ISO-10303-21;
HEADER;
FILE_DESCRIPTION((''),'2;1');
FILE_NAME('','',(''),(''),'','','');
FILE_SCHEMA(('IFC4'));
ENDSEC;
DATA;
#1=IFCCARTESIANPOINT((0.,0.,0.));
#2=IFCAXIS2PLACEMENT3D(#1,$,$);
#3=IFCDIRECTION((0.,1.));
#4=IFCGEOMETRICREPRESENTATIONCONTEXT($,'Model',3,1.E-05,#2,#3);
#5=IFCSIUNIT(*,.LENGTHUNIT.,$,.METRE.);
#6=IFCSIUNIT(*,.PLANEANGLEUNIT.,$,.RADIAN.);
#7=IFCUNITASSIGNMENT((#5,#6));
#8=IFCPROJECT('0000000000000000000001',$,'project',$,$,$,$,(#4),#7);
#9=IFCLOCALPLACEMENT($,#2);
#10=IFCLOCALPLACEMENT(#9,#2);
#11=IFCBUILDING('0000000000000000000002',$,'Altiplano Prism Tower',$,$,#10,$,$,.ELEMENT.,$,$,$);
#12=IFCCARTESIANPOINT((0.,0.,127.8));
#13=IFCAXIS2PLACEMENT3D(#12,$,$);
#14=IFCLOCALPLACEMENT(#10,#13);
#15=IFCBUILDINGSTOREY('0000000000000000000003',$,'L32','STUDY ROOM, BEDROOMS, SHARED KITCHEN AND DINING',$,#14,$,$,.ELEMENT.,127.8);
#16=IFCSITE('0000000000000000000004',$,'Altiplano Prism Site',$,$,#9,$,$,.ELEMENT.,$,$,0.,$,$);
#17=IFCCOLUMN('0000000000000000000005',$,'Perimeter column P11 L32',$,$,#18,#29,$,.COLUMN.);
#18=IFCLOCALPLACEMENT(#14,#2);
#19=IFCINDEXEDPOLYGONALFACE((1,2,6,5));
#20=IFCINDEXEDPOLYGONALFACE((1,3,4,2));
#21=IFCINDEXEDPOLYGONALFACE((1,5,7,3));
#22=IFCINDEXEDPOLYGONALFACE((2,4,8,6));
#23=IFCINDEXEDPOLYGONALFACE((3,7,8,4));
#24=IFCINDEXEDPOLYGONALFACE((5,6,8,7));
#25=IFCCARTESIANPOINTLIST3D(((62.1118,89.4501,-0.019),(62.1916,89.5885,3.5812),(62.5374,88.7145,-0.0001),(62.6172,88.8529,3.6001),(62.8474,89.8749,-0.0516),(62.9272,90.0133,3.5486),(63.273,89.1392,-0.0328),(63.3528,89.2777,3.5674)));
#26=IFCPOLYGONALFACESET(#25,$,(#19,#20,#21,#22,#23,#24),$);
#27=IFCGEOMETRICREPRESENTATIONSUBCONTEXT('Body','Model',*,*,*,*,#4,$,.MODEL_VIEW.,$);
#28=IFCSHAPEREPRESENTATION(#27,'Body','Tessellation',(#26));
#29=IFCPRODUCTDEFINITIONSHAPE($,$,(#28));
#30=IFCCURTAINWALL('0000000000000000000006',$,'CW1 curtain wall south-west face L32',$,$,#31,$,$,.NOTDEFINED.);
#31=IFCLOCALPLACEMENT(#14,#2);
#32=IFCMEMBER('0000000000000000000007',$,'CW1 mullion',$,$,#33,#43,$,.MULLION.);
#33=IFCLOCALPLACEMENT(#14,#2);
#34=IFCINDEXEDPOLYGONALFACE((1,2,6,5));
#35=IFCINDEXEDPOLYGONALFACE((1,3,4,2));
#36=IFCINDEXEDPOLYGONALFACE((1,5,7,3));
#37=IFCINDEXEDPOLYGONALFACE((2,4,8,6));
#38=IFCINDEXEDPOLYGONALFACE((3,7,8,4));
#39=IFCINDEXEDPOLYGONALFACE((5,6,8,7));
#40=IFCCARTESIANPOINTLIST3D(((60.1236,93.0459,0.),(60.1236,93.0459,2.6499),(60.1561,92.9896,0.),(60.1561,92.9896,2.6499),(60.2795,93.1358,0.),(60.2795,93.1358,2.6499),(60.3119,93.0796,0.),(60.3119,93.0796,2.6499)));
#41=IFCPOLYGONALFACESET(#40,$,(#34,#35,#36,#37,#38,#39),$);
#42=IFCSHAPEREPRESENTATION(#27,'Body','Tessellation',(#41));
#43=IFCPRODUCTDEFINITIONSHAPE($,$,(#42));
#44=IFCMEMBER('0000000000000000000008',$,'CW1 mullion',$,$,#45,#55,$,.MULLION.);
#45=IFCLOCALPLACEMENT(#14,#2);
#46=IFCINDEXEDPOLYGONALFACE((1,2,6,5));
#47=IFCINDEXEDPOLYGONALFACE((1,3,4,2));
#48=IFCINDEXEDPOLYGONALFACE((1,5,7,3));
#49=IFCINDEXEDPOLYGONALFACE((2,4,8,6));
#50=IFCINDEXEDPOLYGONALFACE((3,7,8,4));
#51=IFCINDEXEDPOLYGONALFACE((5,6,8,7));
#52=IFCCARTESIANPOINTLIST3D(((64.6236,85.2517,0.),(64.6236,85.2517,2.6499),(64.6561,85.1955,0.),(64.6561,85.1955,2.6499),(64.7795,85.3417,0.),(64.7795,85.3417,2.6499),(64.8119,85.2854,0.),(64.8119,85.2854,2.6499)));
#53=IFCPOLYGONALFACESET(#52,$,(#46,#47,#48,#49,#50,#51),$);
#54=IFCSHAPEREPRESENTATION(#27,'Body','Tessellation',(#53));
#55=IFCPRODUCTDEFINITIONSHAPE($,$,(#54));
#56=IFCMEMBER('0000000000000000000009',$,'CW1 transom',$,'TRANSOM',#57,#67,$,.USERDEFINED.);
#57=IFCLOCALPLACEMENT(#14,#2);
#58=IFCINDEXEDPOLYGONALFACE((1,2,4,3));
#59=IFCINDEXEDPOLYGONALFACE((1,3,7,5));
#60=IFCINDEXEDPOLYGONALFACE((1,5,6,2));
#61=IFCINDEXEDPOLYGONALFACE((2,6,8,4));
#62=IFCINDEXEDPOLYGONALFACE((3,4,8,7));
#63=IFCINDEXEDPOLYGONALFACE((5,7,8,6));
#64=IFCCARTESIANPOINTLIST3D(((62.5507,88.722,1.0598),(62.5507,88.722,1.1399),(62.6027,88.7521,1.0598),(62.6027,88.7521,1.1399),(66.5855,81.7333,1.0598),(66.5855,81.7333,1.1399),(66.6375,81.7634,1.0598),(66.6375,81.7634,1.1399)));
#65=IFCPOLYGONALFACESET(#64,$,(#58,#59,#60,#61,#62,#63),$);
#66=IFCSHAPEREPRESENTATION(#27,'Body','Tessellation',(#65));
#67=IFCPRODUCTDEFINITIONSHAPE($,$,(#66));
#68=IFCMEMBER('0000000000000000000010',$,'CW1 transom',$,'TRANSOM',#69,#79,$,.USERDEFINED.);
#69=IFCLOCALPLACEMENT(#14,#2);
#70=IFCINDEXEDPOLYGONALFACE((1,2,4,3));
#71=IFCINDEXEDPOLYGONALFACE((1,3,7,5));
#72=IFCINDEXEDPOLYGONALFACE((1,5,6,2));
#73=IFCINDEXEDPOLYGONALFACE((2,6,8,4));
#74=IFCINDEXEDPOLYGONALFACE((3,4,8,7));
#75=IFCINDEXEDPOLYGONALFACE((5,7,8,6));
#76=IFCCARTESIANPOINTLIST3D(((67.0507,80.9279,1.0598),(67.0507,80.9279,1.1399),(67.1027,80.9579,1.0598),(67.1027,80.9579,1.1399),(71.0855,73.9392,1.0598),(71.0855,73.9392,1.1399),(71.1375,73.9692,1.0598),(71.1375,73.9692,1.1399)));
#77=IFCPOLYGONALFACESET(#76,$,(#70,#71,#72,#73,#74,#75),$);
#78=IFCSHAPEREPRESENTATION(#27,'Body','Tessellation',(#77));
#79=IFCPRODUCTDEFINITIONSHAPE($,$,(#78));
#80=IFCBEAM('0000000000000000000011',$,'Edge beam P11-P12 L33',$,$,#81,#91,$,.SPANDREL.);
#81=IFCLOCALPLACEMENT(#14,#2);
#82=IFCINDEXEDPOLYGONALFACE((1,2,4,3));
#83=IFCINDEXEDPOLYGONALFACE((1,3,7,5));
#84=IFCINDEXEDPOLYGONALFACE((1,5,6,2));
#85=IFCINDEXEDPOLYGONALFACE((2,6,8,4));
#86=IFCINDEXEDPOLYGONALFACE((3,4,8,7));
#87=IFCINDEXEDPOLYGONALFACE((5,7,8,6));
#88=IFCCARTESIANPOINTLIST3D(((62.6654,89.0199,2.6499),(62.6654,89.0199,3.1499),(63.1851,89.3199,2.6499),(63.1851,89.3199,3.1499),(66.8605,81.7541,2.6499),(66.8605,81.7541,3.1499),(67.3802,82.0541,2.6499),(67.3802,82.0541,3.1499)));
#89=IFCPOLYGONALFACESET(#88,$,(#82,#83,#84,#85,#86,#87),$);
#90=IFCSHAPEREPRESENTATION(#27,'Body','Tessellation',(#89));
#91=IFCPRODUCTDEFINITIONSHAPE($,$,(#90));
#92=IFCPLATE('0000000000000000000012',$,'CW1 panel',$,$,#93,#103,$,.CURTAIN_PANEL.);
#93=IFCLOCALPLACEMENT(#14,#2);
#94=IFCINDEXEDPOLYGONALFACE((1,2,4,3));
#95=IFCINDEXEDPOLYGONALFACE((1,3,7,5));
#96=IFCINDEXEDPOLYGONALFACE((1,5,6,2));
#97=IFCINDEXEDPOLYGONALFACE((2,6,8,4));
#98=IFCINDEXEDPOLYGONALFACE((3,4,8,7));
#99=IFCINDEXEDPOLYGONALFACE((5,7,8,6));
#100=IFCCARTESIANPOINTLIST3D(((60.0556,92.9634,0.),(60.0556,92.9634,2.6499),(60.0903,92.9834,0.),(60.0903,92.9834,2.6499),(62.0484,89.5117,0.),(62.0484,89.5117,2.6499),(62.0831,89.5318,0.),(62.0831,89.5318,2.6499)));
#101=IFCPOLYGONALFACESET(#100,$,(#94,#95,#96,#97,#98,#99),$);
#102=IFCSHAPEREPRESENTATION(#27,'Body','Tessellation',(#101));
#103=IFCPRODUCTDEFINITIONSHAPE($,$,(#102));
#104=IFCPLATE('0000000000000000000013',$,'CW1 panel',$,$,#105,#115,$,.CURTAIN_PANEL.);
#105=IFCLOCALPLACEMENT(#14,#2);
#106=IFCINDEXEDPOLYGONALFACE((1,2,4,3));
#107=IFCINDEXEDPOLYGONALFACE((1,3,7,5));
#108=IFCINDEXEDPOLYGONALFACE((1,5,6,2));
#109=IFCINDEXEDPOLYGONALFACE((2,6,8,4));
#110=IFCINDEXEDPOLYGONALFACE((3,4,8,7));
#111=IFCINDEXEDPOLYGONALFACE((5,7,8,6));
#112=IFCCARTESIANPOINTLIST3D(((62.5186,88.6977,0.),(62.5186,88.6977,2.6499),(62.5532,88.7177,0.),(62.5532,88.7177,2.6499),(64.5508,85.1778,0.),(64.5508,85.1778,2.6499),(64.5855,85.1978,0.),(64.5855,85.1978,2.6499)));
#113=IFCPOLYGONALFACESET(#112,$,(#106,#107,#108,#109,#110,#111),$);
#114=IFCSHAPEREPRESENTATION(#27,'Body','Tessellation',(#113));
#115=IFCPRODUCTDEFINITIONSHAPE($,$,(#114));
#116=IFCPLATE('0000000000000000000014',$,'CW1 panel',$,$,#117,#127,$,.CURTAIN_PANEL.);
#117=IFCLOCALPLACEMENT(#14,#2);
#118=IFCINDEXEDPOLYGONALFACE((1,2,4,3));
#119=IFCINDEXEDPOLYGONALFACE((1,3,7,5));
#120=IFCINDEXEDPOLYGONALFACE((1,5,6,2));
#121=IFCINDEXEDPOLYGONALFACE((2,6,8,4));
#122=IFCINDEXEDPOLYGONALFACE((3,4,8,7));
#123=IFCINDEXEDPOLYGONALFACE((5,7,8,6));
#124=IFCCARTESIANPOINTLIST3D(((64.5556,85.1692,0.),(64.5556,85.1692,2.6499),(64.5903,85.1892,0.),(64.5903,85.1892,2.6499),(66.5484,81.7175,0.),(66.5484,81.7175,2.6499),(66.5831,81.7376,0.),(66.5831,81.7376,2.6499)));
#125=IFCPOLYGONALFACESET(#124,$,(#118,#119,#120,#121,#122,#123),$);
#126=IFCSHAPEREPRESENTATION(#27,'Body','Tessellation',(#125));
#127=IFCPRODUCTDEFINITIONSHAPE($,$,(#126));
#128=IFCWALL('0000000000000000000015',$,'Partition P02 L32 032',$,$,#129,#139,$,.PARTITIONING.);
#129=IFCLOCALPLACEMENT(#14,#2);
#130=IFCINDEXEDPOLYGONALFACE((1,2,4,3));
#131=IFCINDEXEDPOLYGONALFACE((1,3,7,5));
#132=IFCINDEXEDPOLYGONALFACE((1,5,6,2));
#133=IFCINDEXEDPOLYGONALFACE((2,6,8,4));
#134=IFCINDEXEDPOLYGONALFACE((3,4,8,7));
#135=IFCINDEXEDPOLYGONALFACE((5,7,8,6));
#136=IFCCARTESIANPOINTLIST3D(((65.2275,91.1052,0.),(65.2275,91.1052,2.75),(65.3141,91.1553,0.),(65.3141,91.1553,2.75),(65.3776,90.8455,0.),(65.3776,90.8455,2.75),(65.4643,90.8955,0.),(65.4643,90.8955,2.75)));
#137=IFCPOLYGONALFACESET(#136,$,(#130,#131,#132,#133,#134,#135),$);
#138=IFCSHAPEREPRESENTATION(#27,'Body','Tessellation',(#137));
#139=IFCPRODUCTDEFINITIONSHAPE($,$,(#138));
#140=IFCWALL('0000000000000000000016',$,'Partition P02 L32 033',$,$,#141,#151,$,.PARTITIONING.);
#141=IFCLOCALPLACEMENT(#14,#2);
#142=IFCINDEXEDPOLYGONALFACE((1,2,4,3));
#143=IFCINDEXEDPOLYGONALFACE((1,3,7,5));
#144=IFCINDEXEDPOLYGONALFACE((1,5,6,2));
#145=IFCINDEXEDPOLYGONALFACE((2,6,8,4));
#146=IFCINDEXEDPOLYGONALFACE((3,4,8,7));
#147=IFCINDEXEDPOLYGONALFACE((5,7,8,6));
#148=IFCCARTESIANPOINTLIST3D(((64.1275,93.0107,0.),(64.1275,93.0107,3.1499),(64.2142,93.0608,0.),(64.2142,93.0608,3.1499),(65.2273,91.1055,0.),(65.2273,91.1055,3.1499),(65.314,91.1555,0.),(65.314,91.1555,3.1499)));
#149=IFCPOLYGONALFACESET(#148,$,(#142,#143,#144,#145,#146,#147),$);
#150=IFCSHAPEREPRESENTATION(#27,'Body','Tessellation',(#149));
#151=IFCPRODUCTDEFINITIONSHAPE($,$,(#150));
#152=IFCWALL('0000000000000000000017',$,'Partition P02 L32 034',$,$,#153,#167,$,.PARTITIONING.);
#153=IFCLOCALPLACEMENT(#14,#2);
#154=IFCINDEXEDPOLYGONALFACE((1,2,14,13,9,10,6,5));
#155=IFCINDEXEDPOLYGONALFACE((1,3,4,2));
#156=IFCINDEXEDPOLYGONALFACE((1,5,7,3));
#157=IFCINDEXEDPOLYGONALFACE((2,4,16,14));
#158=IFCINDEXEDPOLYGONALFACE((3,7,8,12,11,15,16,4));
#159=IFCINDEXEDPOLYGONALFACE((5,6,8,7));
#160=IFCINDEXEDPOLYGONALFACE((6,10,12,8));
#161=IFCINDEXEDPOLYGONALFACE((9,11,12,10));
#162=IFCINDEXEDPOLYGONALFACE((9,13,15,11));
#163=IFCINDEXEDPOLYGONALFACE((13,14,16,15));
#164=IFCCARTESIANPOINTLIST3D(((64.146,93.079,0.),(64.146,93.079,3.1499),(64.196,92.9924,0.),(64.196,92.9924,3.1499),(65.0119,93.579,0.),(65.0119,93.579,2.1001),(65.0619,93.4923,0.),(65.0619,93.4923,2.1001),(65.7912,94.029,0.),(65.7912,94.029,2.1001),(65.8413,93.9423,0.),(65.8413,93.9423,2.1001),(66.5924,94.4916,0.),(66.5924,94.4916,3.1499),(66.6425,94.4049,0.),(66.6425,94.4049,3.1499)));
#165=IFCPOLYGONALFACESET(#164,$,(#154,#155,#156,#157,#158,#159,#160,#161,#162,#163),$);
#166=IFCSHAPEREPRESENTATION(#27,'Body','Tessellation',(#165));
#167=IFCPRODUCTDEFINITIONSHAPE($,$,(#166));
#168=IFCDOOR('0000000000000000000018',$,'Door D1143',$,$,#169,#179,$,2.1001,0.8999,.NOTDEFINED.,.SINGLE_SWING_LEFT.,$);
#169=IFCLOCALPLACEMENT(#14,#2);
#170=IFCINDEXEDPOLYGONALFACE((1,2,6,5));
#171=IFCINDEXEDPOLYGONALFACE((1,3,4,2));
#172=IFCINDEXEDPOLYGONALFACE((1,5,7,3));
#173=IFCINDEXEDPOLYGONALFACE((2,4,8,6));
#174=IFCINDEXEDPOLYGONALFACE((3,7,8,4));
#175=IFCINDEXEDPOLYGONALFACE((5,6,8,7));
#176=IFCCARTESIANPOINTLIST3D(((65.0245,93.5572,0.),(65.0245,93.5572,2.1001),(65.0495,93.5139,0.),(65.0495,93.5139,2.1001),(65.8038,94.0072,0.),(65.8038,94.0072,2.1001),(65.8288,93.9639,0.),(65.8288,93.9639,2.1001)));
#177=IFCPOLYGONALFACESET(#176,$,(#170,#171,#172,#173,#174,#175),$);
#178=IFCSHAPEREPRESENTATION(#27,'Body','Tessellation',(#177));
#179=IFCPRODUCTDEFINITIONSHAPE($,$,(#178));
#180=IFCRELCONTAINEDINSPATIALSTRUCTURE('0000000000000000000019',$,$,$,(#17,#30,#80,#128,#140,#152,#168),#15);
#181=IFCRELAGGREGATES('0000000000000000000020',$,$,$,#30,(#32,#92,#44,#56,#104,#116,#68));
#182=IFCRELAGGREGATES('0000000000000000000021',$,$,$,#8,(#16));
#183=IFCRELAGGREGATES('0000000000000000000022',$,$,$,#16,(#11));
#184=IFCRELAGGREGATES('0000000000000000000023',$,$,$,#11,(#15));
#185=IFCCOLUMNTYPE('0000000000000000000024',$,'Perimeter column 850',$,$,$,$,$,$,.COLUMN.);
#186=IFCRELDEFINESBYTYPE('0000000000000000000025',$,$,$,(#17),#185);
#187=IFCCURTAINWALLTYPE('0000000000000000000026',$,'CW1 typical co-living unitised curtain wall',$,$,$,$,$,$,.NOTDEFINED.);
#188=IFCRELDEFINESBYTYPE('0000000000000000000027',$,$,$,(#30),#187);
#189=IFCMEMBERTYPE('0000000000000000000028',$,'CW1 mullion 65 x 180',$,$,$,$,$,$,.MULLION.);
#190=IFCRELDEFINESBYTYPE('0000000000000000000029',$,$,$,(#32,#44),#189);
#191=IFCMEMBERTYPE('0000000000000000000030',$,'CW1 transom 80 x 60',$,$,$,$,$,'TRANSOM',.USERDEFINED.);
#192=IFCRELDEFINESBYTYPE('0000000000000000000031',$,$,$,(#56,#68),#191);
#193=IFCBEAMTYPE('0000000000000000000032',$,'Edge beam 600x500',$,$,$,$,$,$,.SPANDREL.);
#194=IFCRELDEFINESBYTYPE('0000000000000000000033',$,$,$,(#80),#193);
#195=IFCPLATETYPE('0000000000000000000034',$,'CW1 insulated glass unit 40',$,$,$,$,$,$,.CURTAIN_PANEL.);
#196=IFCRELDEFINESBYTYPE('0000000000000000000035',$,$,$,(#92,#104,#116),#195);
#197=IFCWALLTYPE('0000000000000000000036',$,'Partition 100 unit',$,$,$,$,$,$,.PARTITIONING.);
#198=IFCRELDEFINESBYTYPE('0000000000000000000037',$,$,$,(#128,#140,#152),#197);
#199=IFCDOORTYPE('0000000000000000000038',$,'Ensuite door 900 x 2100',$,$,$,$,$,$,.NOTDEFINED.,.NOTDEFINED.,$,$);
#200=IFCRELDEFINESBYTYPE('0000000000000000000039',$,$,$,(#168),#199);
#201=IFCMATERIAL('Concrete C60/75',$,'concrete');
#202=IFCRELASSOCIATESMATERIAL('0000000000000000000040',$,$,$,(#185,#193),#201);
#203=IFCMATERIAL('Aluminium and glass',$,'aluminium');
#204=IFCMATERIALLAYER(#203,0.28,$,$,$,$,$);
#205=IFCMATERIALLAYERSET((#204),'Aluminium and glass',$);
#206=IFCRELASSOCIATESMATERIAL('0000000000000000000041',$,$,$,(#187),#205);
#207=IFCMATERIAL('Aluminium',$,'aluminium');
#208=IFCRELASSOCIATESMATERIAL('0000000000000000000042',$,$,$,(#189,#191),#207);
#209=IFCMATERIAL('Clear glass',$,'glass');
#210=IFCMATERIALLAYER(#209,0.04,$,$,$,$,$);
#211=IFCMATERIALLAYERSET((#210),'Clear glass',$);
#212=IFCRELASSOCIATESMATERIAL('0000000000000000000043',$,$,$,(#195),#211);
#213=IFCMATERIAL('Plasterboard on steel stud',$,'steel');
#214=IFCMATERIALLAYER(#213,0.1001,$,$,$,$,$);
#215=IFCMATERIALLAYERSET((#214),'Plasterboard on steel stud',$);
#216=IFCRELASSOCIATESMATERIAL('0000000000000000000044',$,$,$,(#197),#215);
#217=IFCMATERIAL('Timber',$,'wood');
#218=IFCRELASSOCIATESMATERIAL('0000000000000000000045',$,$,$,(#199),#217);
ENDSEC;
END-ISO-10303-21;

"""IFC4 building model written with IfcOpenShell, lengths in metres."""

from ifc_helpers import new_model, si_unit, direction, frame, frame_2d, origin, origin_2d, place, context, subcontext, project, spatial, rectangle, extrude, material, layer, layer_set, material_profile, profile_set, type_object, element, fill, aggregate, save


model = new_model("IFC4")

# Units and contexts
model_context = context("Model", 3, precision=1e-05, world=origin(), true_north=direction((0.0, 1.0)))
body_context = subcontext(model_context, "Body", "Model", "MODEL_VIEW")
ifc_project = project(units=[si_unit("LENGTHUNIT", "METRE"), si_unit("PLANEANGLEUNIT", "RADIAN")], contexts=[model_context])

# Site, building, storey
site_placement = place(None, origin())
site = spatial("IfcSite", under=ifc_project, at=site_placement, Name="Altiplano Prism Site", CompositionType="ELEMENT", RefElevation=0.0)
building_placement = place(site_placement, origin())
building = spatial("IfcBuilding", under=site, at=building_placement, Name="Altiplano Prism Tower", CompositionType="ELEMENT")
storey_placement = place(building_placement, frame((0.0, 0.0, 127.8)))
storey = spatial("IfcBuildingStorey", under=building, at=storey_placement, Name="L32", Description="STUDY ROOM, BEDROOMS, SHARED KITCHEN AND DINING", CompositionType="ELEMENT", Elevation=127.8)

# Column
ifc_material_1 = material(Name="Concrete C60/75", Category="concrete")
ifc_material_profile_1 = material_profile(ifc_material_1, rectangle(XDim=0.8501, YDim=0.8501, at=origin_2d()), Name="Perimeter column 850")
ifc_profile_set_1 = profile_set([ifc_material_profile_1], Name="Concrete C60/75")
column_type = type_object("IfcColumnType", Name="Perimeter column 850", PredefinedType="COLUMN", material=ifc_profile_set_1)
column_placement = place(storey_placement, frame((62.6924, 89.2947, -0.0259), z_axis=(0.022154, 0.038413, 0.999016), x_axis=(-0.865362, -0.499674, 0.038403)))
element("IfcColumn", 1, at=column_placement, inside=storey, type_object=column_type, Name="Perimeter column P11 L32", PredefinedType="COLUMN", context=body_context, shape_type="SweptSolid", body=[
    extrude(rectangle(XDim=0.8501, YDim=0.8501, at=origin_2d()), origin(), (0.0, 0.0, 1.0), 3.6038),
])

# Curtain wall, members
ifc_material_2 = material(Name="Aluminium and glass", Category="aluminium")
ifc_layer_1 = layer(ifc_material_2, 0.28)
ifc_layer_set_1 = layer_set([ifc_layer_1], Name="Aluminium and glass")
curtain_wall_type = type_object("IfcCurtainWallType", Name="CW1 typical co-living unitised curtain wall", PredefinedType="NOTDEFINED", material=ifc_layer_set_1)
curtain_wall_placement = place(storey_placement, origin())
curtain_wall = element("IfcCurtainWall", 2, at=curtain_wall_placement, inside=storey, type_object=curtain_wall_type, Name="CW1 curtain wall south-west face L32", PredefinedType="NOTDEFINED")
ifc_material_3 = material(Name="Aluminium", Category="aluminium")
ifc_material_profile_2 = material_profile(ifc_material_3, rectangle(XDim=0.1799, YDim=0.0649, at=origin_2d()), Name="CW1 mullion 65 x 180")
ifc_profile_set_2 = profile_set([ifc_material_profile_2], Name="Aluminium")
member_type_1 = type_object("IfcMemberType", Name="CW1 mullion 65 x 180", PredefinedType="MULLION", material=ifc_profile_set_2)
member_1_placement = place(storey_placement, frame((60.2178, 93.0627, 0.0), z_axis=(0.0, 0.0, 1.0), x_axis=(0.866025, 0.5, 0.0)))
member_1 = element("IfcMember", 3, at=member_1_placement, type_object=member_type_1, Name="CW1 mullion", PredefinedType="MULLION", context=body_context, shape_type="SweptSolid", body=[
    extrude(rectangle(XDim=0.1799, YDim=0.0649, at=origin_2d()), origin(), (0.0, 0.0, 1.0), 2.6499),
])
member_2_placement = place(storey_placement, frame((64.7178, 85.2686, 0.0), z_axis=(0.0, 0.0, 1.0), x_axis=(0.866025, 0.5, 0.0)))
member_2 = element("IfcMember", 4, at=member_2_placement, type_object=member_type_1, Name="CW1 mullion", PredefinedType="MULLION", context=body_context, shape_type="SweptSolid", body=[
    extrude(rectangle(XDim=0.1799, YDim=0.0649, at=origin_2d()), origin(), (0.0, 0.0, 1.0), 2.6499),
])
ifc_material_profile_3 = material_profile(ifc_material_3, rectangle(XDim=0.0601, YDim=0.0801, at=origin_2d()), Name="CW1 transom 80 x 60")
ifc_profile_set_3 = profile_set([ifc_material_profile_3], Name="Aluminium")
member_type_2 = type_object("IfcMemberType", Name="CW1 transom 80 x 60", ElementType="TRANSOM", PredefinedType="USERDEFINED", material=ifc_profile_set_3)
member_3_placement = place(storey_placement, frame((62.5767, 88.7371, 1.0999), z_axis=(0.499995, -0.866028, 0.0), x_axis=(0.866028, 0.499995, 0.0)))
member_3 = element("IfcMember", 5, at=member_3_placement, type_object=member_type_2, Name="CW1 transom", ObjectType="TRANSOM", PredefinedType="USERDEFINED", context=body_context, shape_type="SweptSolid", body=[
    extrude(rectangle(XDim=0.0601, YDim=0.0801, at=origin_2d()), origin(), (0.0, 0.0, 1.0), 8.0698),
])
member_4_placement = place(storey_placement, frame((67.0767, 80.9429, 1.0999), z_axis=(0.499995, -0.866028, 0.0), x_axis=(0.866028, 0.499995, 0.0)))
member_4 = element("IfcMember", 6, at=member_4_placement, type_object=member_type_2, Name="CW1 transom", ObjectType="TRANSOM", PredefinedType="USERDEFINED", context=body_context, shape_type="SweptSolid", body=[
    extrude(rectangle(XDim=0.0601, YDim=0.0801, at=origin_2d()), origin(), (0.0, 0.0, 1.0), 8.0698),
])

# Beam
ifc_material_profile_4 = material_profile(ifc_material_1, rectangle(XDim=0.6001, YDim=0.5, at=origin_2d()), Name="Edge beam 600x500")
ifc_profile_set_4 = profile_set([ifc_material_profile_4], Name="Concrete C60/75")
beam_type = type_object("IfcBeamType", Name="Edge beam 600x500", PredefinedType="SPANDREL", material=ifc_profile_set_4)
beam_placement = place(storey_placement, frame((62.9253, 89.1699, 2.8999), z_axis=(0.50001, -0.866019, 0.0), x_axis=(0.866019, 0.50001, 0.0)))
element("IfcBeam", 7, at=beam_placement, inside=storey, type_object=beam_type, Name="Edge beam P11-P12 L33", PredefinedType="SPANDREL", context=body_context, shape_type="SweptSolid", body=[
    extrude(rectangle(XDim=0.6001, YDim=0.5, at=origin_2d()), origin(), (0.0, 0.0, 1.0), 8.3899),
])

# Plates
ifc_material_4 = material(Name="Clear glass", Category="glass")
ifc_layer_2 = layer(ifc_material_4, 0.04)
ifc_layer_set_2 = layer_set([ifc_layer_2], Name="Clear glass")
plate_type = type_object("IfcPlateType", Name="CW1 insulated glass unit 40", PredefinedType="CURTAIN_PANEL", material=ifc_layer_set_2)
plate_1_placement = place(storey_placement, frame((61.0693, 91.2476, 0.0), z_axis=(0.0, 0.0, 1.0), x_axis=(0.5, -0.866025, 0.0)))
plate_1 = element("IfcPlate", 8, at=plate_1_placement, type_object=plate_type, Name="CW1 panel", PredefinedType="CURTAIN_PANEL", context=body_context, shape_type="SweptSolid", body=[
    extrude(rectangle(XDim=3.9856, YDim=0.04, at=origin_2d()), origin(), (0.0, 0.0, 1.0), 2.6499),
])
plate_2_placement = place(storey_placement, frame((63.552, 86.9478, 0.0), z_axis=(0.0, 0.0, 1.0), x_axis=(0.5, -0.866025, 0.0)))
plate_2 = element("IfcPlate", 9, at=plate_2_placement, type_object=plate_type, Name="CW1 panel", PredefinedType="CURTAIN_PANEL", context=body_context, shape_type="SweptSolid", body=[
    extrude(rectangle(XDim=4.0645, YDim=0.04, at=origin_2d()), origin(), (0.0, 0.0, 1.0), 2.6499),
])
plate_3_placement = place(storey_placement, frame((65.5693, 83.4534, 0.0), z_axis=(0.0, 0.0, 1.0), x_axis=(0.5, -0.866025, 0.0)))
plate_3 = element("IfcPlate", 10, at=plate_3_placement, type_object=plate_type, Name="CW1 panel", PredefinedType="CURTAIN_PANEL", context=body_context, shape_type="SweptSolid", body=[
    extrude(rectangle(XDim=3.9856, YDim=0.04, at=origin_2d()), origin(), (0.0, 0.0, 1.0), 2.6499),
])
aggregate(curtain_wall, [member_1, plate_1, member_2, member_3, plate_2, plate_3, member_4])

# Walls
ifc_material_5 = material(Name="Plasterboard on steel stud", Category="steel")
ifc_layer_3 = layer(ifc_material_5, 0.1001)
ifc_layer_set_3 = layer_set([ifc_layer_3], Name="Plasterboard on steel stud")
wall_type_1 = type_object("IfcWallType", Name="Partition 100 unit", PredefinedType="PARTITIONING", material=ifc_layer_set_3)
wall_1_placement = place(storey_placement, frame((65.4209, 90.8706, 0.0), z_axis=(0.0, 0.0, 1.0), x_axis=(-0.500427, 0.865779, 0.0)))
element("IfcWall", 11, at=wall_1_placement, inside=storey, type_object=wall_type_1, Name="Partition P02 L32 032", PredefinedType="PARTITIONING", context=body_context, shape_type="SweptSolid", body=[
    extrude(rectangle(XDim=0.3, YDim=0.1001, at=frame_2d((0.1499, 0.0))), origin(), (0.0, 0.0, 1.0), 2.75),
])
wall_2_placement = place(storey_placement, frame((65.2708, 91.1304, 0.0), z_axis=(0.0, 0.0, 1.0), x_axis=(-0.499947, 0.866056, 0.0)))
element("IfcWall", 12, at=wall_2_placement, inside=storey, type_object=wall_type_1, Name="Partition P02 L32 033", PredefinedType="PARTITIONING", context=body_context, shape_type="SweptSolid", body=[
    extrude(rectangle(XDim=2.2, YDim=0.1001, at=frame_2d((1.1001, 0.0))), origin(), (0.0, 0.0, 1.0), 3.1499),
])

# Wall, opening, door
wall_3_placement = place(storey_placement, frame((64.1709, 93.0356, 0.0), z_axis=(0.0, 0.0, 1.0), x_axis=(0.866011, 0.500024, 0.0)))
wall_3 = element("IfcWall", 13, at=wall_3_placement, inside=storey, type_object=wall_type_1, Name="Partition P02 L32 034", PredefinedType="PARTITIONING", context=body_context, shape_type="SweptSolid", body=[
    extrude(rectangle(XDim=2.825, YDim=0.1001, at=frame_2d((1.4126, 0.0))), origin(), (0.0, 0.0, 1.0), 3.1499),
])
opening_placement = place(wall_3_placement, frame((1.0, 0.0, 0.0)))
opening = element("IfcOpeningElement", 14, at=opening_placement, cuts=wall_3, PredefinedType="OPENING", context=body_context, shape_type="SweptSolid", body=[
    extrude(rectangle(XDim=0.8999, YDim=2.1001, at=frame_2d((0.45, 1.05))), frame((0.0, 0.0605, 0.0), z_axis=(0.0, -1.0, 0.0), x_axis=(1.0, 0.0, 0.0)), (0.0, 0.0, 1.0), 0.1211),
])
ifc_material_6 = material(Name="Timber", Category="wood")
door_type = type_object("IfcDoorType", Name="Ensuite door 900 x 2100", OperationType="NOTDEFINED", PredefinedType="NOTDEFINED", material=ifc_material_6)
door_placement = place(opening_placement, origin())
door = element("IfcDoor", 15, at=door_placement, inside=storey, type_object=door_type, Name="Door D1143", OperationType="SINGLE_SWING_LEFT", OverallHeight=2.1001, OverallWidth=0.8999, PredefinedType="NOTDEFINED", context=body_context, shape_type="SweptSolid", body=[
    extrude(rectangle(XDim=0.8999, YDim=2.1001, at=frame_2d((0.45, 1.05))), frame((0.0, 0.0249, 0.0), z_axis=(0.0, -1.0, 0.0), x_axis=(1.0, 0.0, 0.0)), (0.0, 0.0, 1.0), 0.05),
])
fill(opening, door)

save(model, "model.ifc")
